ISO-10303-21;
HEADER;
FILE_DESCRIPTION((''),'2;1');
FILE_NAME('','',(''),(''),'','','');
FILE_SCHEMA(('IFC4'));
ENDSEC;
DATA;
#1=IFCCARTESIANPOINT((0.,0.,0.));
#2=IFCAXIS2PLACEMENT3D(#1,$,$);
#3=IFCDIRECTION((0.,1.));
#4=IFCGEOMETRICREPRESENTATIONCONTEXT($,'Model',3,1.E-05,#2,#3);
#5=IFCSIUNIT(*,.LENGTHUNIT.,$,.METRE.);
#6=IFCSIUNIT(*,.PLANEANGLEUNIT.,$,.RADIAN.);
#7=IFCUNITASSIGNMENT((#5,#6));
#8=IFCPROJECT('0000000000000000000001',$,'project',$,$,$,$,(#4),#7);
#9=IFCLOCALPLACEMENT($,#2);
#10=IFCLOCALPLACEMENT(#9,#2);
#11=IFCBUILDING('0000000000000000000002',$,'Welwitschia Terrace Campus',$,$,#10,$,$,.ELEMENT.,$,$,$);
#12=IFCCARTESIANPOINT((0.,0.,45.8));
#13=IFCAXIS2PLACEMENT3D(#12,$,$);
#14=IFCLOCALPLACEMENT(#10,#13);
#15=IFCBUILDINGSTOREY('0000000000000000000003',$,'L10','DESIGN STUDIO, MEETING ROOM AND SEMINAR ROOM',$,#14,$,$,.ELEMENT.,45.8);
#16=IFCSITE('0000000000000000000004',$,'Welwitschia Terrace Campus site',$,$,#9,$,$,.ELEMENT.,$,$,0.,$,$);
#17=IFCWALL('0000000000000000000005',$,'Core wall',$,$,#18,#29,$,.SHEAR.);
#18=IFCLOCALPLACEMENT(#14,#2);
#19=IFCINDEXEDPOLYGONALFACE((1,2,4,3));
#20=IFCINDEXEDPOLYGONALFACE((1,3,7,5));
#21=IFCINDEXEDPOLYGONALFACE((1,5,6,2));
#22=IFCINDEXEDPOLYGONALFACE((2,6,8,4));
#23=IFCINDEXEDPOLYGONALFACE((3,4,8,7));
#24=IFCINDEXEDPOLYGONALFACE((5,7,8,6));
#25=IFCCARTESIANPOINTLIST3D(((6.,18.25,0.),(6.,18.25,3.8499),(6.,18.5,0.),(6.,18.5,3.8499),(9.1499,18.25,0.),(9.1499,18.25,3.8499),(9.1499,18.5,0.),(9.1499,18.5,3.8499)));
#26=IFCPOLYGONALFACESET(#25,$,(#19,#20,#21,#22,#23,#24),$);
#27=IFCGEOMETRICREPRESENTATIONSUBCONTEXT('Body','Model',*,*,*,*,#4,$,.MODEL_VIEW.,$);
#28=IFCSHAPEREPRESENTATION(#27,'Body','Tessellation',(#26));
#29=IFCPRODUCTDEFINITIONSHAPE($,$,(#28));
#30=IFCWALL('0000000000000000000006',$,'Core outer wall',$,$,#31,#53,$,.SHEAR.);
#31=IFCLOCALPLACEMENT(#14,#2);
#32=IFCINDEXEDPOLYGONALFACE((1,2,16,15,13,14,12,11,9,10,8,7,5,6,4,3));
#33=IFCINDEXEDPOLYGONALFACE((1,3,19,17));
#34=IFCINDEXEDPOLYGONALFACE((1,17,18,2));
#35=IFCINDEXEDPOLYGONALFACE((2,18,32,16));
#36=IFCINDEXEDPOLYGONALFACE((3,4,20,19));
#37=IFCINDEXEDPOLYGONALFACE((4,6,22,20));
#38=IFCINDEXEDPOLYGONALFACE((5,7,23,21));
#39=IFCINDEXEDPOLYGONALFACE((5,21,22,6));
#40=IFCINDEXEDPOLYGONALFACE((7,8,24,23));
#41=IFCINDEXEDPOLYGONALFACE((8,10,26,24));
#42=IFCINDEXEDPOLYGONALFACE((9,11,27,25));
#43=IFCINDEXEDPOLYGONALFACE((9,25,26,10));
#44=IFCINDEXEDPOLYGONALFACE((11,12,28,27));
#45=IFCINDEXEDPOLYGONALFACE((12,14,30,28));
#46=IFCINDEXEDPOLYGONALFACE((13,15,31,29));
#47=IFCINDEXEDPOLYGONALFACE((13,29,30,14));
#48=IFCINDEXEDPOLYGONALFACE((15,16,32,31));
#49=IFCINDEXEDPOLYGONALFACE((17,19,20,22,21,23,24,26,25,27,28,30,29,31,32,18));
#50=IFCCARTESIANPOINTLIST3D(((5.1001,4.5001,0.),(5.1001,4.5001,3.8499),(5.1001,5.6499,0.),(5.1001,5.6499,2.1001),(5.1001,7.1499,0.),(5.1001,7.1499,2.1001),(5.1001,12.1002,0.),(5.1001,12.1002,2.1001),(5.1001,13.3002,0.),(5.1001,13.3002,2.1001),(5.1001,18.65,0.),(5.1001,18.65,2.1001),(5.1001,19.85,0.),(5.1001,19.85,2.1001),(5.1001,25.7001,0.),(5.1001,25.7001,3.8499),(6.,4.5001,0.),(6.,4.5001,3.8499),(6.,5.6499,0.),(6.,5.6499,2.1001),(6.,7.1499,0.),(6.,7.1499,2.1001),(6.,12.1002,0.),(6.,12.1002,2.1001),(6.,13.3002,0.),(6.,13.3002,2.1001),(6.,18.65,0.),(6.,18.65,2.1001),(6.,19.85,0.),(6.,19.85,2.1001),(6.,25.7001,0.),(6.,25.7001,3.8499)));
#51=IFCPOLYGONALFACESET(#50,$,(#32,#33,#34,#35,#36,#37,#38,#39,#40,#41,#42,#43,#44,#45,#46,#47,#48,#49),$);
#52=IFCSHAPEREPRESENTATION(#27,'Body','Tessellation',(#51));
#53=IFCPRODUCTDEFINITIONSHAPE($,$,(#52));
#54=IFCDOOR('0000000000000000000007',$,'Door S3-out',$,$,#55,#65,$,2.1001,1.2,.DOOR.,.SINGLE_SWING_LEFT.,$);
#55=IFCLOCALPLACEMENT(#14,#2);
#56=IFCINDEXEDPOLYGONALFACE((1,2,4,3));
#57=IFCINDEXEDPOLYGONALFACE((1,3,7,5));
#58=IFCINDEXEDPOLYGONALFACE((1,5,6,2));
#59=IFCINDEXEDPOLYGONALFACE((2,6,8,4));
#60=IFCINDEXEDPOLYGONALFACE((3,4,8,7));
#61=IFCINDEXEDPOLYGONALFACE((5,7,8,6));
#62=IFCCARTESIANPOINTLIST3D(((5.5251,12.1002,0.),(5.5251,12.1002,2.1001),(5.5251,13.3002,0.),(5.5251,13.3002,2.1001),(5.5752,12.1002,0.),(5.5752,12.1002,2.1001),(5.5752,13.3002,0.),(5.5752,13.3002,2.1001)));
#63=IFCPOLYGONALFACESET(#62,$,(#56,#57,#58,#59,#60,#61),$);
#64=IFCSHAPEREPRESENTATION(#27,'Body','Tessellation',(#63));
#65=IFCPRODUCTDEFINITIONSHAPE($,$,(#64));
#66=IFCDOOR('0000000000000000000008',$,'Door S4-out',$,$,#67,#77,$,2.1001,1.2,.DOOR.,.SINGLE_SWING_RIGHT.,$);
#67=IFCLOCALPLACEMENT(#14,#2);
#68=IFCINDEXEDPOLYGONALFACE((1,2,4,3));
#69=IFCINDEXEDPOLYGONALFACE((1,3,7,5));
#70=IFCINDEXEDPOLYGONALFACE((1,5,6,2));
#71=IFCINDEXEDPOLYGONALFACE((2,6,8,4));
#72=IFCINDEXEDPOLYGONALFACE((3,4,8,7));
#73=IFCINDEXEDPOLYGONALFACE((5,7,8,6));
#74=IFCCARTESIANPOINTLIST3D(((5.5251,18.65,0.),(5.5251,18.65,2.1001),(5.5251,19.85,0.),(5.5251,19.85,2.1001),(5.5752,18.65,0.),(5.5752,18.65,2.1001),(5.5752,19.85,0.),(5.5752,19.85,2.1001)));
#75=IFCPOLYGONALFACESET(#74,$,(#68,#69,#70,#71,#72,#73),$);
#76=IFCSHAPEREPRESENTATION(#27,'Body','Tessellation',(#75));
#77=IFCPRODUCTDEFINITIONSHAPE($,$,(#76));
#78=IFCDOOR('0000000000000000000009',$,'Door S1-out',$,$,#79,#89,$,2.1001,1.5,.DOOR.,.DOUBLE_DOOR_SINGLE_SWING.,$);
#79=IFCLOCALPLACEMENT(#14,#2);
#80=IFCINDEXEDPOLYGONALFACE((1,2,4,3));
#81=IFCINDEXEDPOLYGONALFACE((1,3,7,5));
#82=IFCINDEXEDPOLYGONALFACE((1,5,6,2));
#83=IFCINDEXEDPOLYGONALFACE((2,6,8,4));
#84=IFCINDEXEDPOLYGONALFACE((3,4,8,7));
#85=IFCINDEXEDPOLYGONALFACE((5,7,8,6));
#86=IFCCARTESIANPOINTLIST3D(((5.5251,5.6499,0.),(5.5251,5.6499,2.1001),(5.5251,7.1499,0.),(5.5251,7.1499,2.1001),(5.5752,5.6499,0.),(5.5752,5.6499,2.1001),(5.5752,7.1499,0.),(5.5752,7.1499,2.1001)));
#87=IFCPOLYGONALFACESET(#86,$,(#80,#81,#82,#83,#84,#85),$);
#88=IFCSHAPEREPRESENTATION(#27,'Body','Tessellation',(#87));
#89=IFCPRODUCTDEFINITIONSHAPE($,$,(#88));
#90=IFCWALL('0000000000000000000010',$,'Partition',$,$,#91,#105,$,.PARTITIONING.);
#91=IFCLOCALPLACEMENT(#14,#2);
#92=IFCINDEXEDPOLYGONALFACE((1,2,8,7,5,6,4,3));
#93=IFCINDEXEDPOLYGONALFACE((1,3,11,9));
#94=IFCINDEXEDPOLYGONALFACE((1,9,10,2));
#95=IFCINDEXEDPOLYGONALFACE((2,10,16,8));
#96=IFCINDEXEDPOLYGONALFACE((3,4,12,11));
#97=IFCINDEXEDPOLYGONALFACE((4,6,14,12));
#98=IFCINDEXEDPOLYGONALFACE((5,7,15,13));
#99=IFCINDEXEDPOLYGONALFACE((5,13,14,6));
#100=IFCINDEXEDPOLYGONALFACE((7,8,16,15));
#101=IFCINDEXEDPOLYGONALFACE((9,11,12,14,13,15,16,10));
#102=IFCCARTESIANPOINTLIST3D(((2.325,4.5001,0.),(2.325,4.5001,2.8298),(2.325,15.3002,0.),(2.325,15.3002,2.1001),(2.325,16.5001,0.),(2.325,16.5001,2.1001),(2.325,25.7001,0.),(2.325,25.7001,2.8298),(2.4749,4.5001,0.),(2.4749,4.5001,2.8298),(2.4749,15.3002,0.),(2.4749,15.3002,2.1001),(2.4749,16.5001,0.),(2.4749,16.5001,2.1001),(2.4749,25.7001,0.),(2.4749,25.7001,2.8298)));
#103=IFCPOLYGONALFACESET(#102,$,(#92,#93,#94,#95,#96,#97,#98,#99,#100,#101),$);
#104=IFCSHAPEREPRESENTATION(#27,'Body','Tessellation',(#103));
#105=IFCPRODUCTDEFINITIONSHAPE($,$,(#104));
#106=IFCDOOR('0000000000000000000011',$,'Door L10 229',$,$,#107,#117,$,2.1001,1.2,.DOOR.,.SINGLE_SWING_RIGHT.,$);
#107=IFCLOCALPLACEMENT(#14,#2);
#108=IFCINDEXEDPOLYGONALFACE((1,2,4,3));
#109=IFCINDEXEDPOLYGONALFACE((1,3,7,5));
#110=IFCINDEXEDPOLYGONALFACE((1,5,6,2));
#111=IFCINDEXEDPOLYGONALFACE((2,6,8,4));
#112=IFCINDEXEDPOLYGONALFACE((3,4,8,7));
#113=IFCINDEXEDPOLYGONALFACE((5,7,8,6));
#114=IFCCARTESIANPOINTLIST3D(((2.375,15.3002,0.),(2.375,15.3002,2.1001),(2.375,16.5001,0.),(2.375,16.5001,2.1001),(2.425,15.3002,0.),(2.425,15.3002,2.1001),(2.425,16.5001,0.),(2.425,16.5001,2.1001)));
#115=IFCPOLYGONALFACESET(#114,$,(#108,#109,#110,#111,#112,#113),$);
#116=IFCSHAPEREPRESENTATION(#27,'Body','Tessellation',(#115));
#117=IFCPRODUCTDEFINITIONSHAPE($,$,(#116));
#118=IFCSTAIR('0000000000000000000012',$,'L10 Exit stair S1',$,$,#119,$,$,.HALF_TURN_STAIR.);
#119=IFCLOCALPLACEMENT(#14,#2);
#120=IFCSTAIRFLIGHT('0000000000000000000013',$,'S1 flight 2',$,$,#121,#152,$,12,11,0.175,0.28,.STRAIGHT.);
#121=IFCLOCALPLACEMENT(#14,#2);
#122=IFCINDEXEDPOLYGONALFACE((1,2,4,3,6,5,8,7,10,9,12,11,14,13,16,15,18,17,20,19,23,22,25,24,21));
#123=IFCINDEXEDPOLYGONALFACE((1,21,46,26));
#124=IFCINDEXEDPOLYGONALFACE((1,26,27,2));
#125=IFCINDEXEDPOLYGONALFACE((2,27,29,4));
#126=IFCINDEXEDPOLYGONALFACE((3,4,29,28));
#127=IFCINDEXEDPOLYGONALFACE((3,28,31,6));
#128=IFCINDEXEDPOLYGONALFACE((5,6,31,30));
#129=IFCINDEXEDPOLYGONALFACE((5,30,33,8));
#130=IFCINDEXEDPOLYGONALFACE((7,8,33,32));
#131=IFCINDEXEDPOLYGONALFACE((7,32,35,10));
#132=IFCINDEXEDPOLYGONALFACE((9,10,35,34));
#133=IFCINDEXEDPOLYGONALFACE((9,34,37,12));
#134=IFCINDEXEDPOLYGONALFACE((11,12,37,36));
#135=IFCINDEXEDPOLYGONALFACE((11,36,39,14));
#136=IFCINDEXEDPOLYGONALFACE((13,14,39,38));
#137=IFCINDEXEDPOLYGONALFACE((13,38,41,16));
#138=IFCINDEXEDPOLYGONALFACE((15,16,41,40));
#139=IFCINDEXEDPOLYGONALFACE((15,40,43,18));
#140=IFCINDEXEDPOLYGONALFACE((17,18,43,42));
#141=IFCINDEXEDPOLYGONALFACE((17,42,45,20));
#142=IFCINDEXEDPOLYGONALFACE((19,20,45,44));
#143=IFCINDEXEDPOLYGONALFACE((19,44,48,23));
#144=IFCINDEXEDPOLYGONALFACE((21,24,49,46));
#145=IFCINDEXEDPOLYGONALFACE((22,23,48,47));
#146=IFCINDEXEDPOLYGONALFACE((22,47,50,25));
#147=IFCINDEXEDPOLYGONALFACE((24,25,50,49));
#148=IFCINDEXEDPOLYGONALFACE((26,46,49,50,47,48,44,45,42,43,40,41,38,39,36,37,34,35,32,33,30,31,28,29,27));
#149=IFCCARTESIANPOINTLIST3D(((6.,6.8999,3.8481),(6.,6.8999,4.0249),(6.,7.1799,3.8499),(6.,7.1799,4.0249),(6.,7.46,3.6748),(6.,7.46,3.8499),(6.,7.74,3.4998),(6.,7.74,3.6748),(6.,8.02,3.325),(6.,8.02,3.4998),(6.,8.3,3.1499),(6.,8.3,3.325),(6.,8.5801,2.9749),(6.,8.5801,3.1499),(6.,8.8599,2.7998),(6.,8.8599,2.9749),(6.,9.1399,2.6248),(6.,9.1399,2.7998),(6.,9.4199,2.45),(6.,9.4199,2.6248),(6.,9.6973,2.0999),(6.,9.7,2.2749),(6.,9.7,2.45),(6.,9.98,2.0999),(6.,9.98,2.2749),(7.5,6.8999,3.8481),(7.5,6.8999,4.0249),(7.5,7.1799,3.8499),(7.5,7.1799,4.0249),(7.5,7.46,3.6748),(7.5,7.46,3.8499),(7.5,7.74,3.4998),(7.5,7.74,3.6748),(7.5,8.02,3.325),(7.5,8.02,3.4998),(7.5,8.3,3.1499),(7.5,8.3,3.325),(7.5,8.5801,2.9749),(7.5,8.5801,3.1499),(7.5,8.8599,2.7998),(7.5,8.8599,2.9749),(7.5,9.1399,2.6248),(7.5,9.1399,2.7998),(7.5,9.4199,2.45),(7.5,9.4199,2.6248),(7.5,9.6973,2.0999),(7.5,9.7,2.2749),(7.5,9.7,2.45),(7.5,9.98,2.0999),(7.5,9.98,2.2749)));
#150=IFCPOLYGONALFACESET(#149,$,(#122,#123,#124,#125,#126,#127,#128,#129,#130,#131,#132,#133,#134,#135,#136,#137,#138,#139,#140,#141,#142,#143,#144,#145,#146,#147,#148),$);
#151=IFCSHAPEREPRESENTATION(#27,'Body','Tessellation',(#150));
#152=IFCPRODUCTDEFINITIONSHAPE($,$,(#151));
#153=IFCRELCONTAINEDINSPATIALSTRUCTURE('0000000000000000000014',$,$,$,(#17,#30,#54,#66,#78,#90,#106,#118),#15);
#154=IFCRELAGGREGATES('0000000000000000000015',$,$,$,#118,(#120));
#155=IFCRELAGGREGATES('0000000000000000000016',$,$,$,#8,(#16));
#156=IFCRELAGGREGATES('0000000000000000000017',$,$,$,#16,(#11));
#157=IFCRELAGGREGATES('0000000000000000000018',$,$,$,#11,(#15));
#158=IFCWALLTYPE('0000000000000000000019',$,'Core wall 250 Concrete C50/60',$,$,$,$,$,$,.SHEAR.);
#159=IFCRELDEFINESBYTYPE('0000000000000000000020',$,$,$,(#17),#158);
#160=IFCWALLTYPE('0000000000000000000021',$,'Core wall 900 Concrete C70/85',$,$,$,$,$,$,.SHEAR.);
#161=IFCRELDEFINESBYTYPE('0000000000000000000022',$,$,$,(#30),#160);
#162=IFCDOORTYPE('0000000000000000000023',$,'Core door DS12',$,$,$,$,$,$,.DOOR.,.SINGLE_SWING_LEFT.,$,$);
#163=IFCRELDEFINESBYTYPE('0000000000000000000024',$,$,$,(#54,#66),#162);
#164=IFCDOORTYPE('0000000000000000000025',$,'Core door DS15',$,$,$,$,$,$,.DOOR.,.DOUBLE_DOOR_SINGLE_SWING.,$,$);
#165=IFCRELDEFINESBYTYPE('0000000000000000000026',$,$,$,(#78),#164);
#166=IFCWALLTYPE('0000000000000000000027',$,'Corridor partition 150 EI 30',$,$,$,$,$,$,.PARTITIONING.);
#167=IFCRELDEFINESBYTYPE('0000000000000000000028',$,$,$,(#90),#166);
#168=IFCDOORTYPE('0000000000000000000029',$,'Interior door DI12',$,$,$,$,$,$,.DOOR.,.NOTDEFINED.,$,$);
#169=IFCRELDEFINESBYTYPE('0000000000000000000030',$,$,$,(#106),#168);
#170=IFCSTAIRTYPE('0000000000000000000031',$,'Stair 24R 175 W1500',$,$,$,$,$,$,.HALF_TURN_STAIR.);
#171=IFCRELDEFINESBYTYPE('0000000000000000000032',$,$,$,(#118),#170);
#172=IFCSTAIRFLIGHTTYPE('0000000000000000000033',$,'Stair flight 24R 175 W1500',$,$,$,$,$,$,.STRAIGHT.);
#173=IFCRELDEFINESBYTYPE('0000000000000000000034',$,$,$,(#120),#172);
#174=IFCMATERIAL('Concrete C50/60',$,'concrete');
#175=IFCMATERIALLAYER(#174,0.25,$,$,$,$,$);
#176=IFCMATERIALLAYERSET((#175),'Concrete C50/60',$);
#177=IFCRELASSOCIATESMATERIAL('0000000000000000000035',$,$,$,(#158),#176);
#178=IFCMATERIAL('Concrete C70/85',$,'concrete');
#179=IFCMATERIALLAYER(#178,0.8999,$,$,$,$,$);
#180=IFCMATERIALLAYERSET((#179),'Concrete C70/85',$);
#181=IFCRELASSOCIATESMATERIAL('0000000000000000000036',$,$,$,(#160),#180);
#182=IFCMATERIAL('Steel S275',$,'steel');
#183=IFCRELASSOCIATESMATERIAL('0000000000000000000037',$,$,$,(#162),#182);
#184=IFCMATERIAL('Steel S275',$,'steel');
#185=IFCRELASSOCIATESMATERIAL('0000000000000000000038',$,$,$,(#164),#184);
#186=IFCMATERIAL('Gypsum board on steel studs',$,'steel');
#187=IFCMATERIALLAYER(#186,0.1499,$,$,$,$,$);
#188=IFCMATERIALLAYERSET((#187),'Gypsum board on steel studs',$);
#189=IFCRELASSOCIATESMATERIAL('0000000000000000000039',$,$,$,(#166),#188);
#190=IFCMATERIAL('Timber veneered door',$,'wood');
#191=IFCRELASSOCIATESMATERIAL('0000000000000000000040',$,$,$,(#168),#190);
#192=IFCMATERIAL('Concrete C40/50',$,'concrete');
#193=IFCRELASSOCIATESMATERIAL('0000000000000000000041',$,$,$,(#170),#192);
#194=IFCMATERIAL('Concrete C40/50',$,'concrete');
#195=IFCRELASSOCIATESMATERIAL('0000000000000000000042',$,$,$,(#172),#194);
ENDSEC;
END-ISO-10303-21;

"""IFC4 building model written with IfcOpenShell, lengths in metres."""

from ifc_helpers import new_model, si_unit, direction, frame, frame_2d, origin, place, context, subcontext, project, spatial, polyline, rectangle, outline, extrude, material, layer, layer_set, type_object, element, fill, aggregate, save


model = new_model("IFC4")

# Units and contexts
model_context = context("Model", 3, precision=1e-05, world=origin(), true_north=direction((0.0, 1.0)))
body_context = subcontext(model_context, "Body", "Model", "MODEL_VIEW")
ifc_project = project(units=[si_unit("LENGTHUNIT", "METRE"), si_unit("PLANEANGLEUNIT", "RADIAN")], contexts=[model_context])

# Site, building, storey
site_placement = place(None, origin())
site = spatial("IfcSite", under=ifc_project, at=site_placement, Name="Welwitschia Terrace Campus site", CompositionType="ELEMENT", RefElevation=0.0)
building_placement = place(site_placement, origin())
building = spatial("IfcBuilding", under=site, at=building_placement, Name="Welwitschia Terrace Campus", CompositionType="ELEMENT")
storey_placement = place(building_placement, frame((0.0, 0.0, 45.8)))
storey = spatial("IfcBuildingStorey", under=building, at=storey_placement, Name="L10", Description="DESIGN STUDIO, MEETING ROOM AND SEMINAR ROOM", CompositionType="ELEMENT", Elevation=45.8)

# Wall
ifc_material_1 = material(Name="Concrete C50/60", Category="concrete")
ifc_layer_1 = layer(ifc_material_1, 0.25)
ifc_layer_set_1 = layer_set([ifc_layer_1], Name="Concrete C50/60")
wall_type_1 = type_object("IfcWallType", Name="Core wall 250 Concrete C50/60", PredefinedType="SHEAR", material=ifc_layer_set_1)
for number, where, z_axis, x_axis, name in (
    (1, (6.0, 18.375, 0.0), (0.0, 0.0, 1.0), (1.0, 0.0, 0.0), "Core wall"),
):
    element("IfcWall", number, at=place(storey_placement, frame(where, z_axis=z_axis, x_axis=x_axis)), inside=storey, type_object=wall_type_1, Name=name, PredefinedType="SHEAR", context=body_context, shape_type="SweptSolid", body=[
        extrude(rectangle(XDim=3.1499, YDim=0.25, at=frame_2d((1.575, 0.0))), origin(), (0.0, 0.0, 1.0), 3.8499),
    ])

# Wall, openings, doors
ifc_material_2 = material(Name="Concrete C70/85", Category="concrete")
ifc_layer_2 = layer(ifc_material_2, 0.8999)
ifc_layer_set_2 = layer_set([ifc_layer_2], Name="Concrete C70/85")
wall_type_2 = type_object("IfcWallType", Name="Core wall 900 Concrete C70/85", PredefinedType="SHEAR", material=ifc_layer_set_2)
wall_1_placement = place(storey_placement, frame((5.55, 4.5, 0.0), z_axis=(0.0, 0.0, 1.0), x_axis=(0.0, 1.0, 0.0)))
wall_1 = element("IfcWall", 2, at=wall_1_placement, inside=storey, type_object=wall_type_2, Name="Core outer wall", PredefinedType="SHEAR", context=body_context, shape_type="SweptSolid", body=[
    extrude(rectangle(XDim=21.2, YDim=0.8999, at=frame_2d((10.6001, 0.0))), origin(), (0.0, 0.0, 1.0), 3.8499),
])
opening_1_placement = place(wall_1_placement, frame((1.1499, 0.0, 0.0)))
opening_1 = element("IfcOpeningElement", 3, at=opening_1_placement, cuts=wall_1, PredefinedType="OPENING", context=body_context, shape_type="SweptSolid", body=[
    extrude(rectangle(XDim=1.5, YDim=2.1001, at=frame_2d((0.75, 1.05))), frame((0.0, 0.46, 0.0), z_axis=(0.0, -1.0, 0.0), x_axis=(1.0, 0.0, 0.0)), (0.0, 0.0, 1.0), 0.9199),
])
opening_2_placement = place(wall_1_placement, frame((7.6001, 0.0, 0.0)))
opening_2 = element("IfcOpeningElement", 4, at=opening_2_placement, cuts=wall_1, PredefinedType="OPENING", context=body_context, shape_type="SweptSolid", body=[
    extrude(rectangle(XDim=1.2, YDim=2.1001, at=frame_2d((0.6001, 1.05))), frame((0.0, 0.46, 0.0), z_axis=(0.0, -1.0, 0.0), x_axis=(1.0, 0.0, 0.0)), (0.0, 0.0, 1.0), 0.9199),
])
opening_3_placement = place(wall_1_placement, frame((14.1499, 0.0, 0.0)))
opening_3 = element("IfcOpeningElement", 5, at=opening_3_placement, cuts=wall_1, PredefinedType="OPENING", context=body_context, shape_type="SweptSolid", body=[
    extrude(rectangle(XDim=1.2, YDim=2.1001, at=frame_2d((0.6001, 1.05))), frame((0.0, 0.46, 0.0), z_axis=(0.0, -1.0, 0.0), x_axis=(1.0, 0.0, 0.0)), (0.0, 0.0, 1.0), 0.9199),
])
ifc_material_3 = material(Name="Steel S275", Category="steel")
door_type_1 = type_object("IfcDoorType", Name="Core door DS12", OperationType="SINGLE_SWING_LEFT", PredefinedType="DOOR", material=ifc_material_3)
door_1_placement = place(opening_2_placement, origin())
door_1 = element("IfcDoor", 6, at=door_1_placement, inside=storey, type_object=door_type_1, Name="Door S3-out", OperationType="SINGLE_SWING_LEFT", OverallHeight=2.1001, OverallWidth=1.2, PredefinedType="DOOR", context=body_context, shape_type="SweptSolid", body=[
    extrude(rectangle(XDim=1.2, YDim=2.1001, at=frame_2d((0.6001, 1.05))), frame((0.0, 0.0249, 0.0), z_axis=(0.0, -1.0, 0.0), x_axis=(1.0, 0.0, 0.0)), (0.0, 0.0, 1.0), 0.05),
])
fill(opening_2, door_1)
door_2_placement = place(opening_3_placement, origin())
door_2 = element("IfcDoor", 7, at=door_2_placement, inside=storey, type_object=door_type_1, Name="Door S4-out", OperationType="SINGLE_SWING_RIGHT", OverallHeight=2.1001, OverallWidth=1.2, PredefinedType="DOOR", context=body_context, shape_type="SweptSolid", body=[
    extrude(rectangle(XDim=1.2, YDim=2.1001, at=frame_2d((0.6001, 1.05))), frame((0.0, 0.0249, 0.0), z_axis=(0.0, -1.0, 0.0), x_axis=(1.0, 0.0, 0.0)), (0.0, 0.0, 1.0), 0.05),
])
fill(opening_3, door_2)
ifc_material_4 = material(Name="Steel S275", Category="steel")
door_type_2 = type_object("IfcDoorType", Name="Core door DS15", OperationType="DOUBLE_DOOR_SINGLE_SWING", PredefinedType="DOOR", material=ifc_material_4)
door_3_placement = place(opening_1_placement, origin())
door_3 = element("IfcDoor", 8, at=door_3_placement, inside=storey, type_object=door_type_2, Name="Door S1-out", OperationType="DOUBLE_DOOR_SINGLE_SWING", OverallHeight=2.1001, OverallWidth=1.5, PredefinedType="DOOR", context=body_context, shape_type="SweptSolid", body=[
    extrude(rectangle(XDim=1.5, YDim=2.1001, at=frame_2d((0.75, 1.05))), frame((0.0, 0.0249, 0.0), z_axis=(0.0, -1.0, 0.0), x_axis=(1.0, 0.0, 0.0)), (0.0, 0.0, 1.0), 0.05),
])
fill(opening_1, door_3)

# Wall, opening, door
ifc_material_5 = material(Name="Gypsum board on steel studs", Category="steel")
ifc_layer_3 = layer(ifc_material_5, 0.1499)
ifc_layer_set_3 = layer_set([ifc_layer_3], Name="Gypsum board on steel studs")
wall_type_3 = type_object("IfcWallType", Name="Corridor partition 150 EI 30", PredefinedType="PARTITIONING", material=ifc_layer_set_3)
wall_2_placement = place(storey_placement, frame((2.3999, 4.5, 0.0), z_axis=(0.0, 0.0, 1.0), x_axis=(0.0, 1.0, 0.0)))
wall_2 = element("IfcWall", 9, at=wall_2_placement, inside=storey, type_object=wall_type_3, Name="Partition", PredefinedType="PARTITIONING", context=body_context, shape_type="SweptSolid", body=[
    extrude(rectangle(XDim=21.2, YDim=0.1499, at=frame_2d((10.6001, 0.0))), origin(), (0.0, 0.0, 1.0), 2.8298),
])
opening_4_placement = place(wall_2_placement, frame((10.8, 0.0, 0.0)))
opening_4 = element("IfcOpeningElement", 10, at=opening_4_placement, cuts=wall_2, PredefinedType="OPENING", context=body_context, shape_type="SweptSolid", body=[
    extrude(rectangle(XDim=1.2, YDim=2.1001, at=frame_2d((0.6001, 1.05))), frame((0.0, 0.085, 0.0), z_axis=(0.0, -1.0, 0.0), x_axis=(1.0, 0.0, 0.0)), (0.0, 0.0, 1.0), 0.1699),
])
ifc_material_6 = material(Name="Timber veneered door", Category="wood")
door_type_3 = type_object("IfcDoorType", Name="Interior door DI12", OperationType="NOTDEFINED", PredefinedType="DOOR", material=ifc_material_6)
door_4_placement = place(opening_4_placement, origin())
door_4 = element("IfcDoor", 11, at=door_4_placement, inside=storey, type_object=door_type_3, Name="Door L10 229", OperationType="SINGLE_SWING_RIGHT", OverallHeight=2.1001, OverallWidth=1.2, PredefinedType="DOOR", context=body_context, shape_type="SweptSolid", body=[
    extrude(rectangle(XDim=1.2, YDim=2.1001, at=frame_2d((0.6001, 1.05))), frame((0.0, 0.0249, 0.0), z_axis=(0.0, -1.0, 0.0), x_axis=(1.0, 0.0, 0.0)), (0.0, 0.0, 1.0), 0.05),
])
fill(opening_4, door_4)

# Stair, stair flight
ifc_material_7 = material(Name="Concrete C40/50", Category="concrete")
stair_type = type_object("IfcStairType", Name="Stair 24R 175 W1500", PredefinedType="HALF_TURN_STAIR", material=ifc_material_7)
stair_1_placement = place(storey_placement, origin())
stair_1 = element("IfcStair", 12, at=stair_1_placement, inside=storey, type_object=stair_type, Name="L10 Exit stair S1", PredefinedType="HALF_TURN_STAIR")
ifc_material_8 = material(Name="Concrete C40/50", Category="concrete")
stair_flight_type = type_object("IfcStairFlightType", Name="Stair flight 24R 175 W1500", PredefinedType="STRAIGHT", material=ifc_material_8)
stair_flight_1_placement = place(storey_placement, frame((6.75, 9.98, 2.0999), z_axis=(0.0, 0.0, 1.0), x_axis=(0.0, -1.0, 0.0)))
stair_flight_1 = element("IfcStairFlight", 13, at=stair_flight_1_placement, type_object=stair_flight_type, Name="S1 flight 2", NumberOfRisers=12, NumberOfTreads=11, PredefinedType="STRAIGHT", RiserHeight=0.175, TreadLength=0.28, context=body_context, shape_type="SweptSolid", body=[
    extrude(outline(polyline([(0.0, 0.0), (0.0, 0.175), (0.28, 0.175), (0.28, 0.3501), (0.5601, 0.3501), (0.5601, 0.5249), (0.8401, 0.5249), (0.8401, 0.7), (1.1201, 0.7), (1.1201, 0.875), (1.3999, 0.875), (1.3999, 1.05), (1.6799, 1.05), (1.6799, 1.2251), (1.96, 1.2251), (1.96, 1.3999), (2.24, 1.3999), (2.24, 1.575), (2.52, 1.575), (2.52, 1.75), (2.8, 1.75), (2.8, 1.925), (3.0801, 1.925), (3.0801, 2.1001), (3.0801, 1.7483), (0.2827, 0.0), (0.0, 0.0)])), frame((0.0, 0.75, 0.0), z_axis=(0.0, -1.0, 0.0), x_axis=(1.0, 0.0, 0.0)), (0.0, 0.0, 1.0), 1.5),
])
aggregate(stair_1, [stair_flight_1])

save(model, "model.ifc")
